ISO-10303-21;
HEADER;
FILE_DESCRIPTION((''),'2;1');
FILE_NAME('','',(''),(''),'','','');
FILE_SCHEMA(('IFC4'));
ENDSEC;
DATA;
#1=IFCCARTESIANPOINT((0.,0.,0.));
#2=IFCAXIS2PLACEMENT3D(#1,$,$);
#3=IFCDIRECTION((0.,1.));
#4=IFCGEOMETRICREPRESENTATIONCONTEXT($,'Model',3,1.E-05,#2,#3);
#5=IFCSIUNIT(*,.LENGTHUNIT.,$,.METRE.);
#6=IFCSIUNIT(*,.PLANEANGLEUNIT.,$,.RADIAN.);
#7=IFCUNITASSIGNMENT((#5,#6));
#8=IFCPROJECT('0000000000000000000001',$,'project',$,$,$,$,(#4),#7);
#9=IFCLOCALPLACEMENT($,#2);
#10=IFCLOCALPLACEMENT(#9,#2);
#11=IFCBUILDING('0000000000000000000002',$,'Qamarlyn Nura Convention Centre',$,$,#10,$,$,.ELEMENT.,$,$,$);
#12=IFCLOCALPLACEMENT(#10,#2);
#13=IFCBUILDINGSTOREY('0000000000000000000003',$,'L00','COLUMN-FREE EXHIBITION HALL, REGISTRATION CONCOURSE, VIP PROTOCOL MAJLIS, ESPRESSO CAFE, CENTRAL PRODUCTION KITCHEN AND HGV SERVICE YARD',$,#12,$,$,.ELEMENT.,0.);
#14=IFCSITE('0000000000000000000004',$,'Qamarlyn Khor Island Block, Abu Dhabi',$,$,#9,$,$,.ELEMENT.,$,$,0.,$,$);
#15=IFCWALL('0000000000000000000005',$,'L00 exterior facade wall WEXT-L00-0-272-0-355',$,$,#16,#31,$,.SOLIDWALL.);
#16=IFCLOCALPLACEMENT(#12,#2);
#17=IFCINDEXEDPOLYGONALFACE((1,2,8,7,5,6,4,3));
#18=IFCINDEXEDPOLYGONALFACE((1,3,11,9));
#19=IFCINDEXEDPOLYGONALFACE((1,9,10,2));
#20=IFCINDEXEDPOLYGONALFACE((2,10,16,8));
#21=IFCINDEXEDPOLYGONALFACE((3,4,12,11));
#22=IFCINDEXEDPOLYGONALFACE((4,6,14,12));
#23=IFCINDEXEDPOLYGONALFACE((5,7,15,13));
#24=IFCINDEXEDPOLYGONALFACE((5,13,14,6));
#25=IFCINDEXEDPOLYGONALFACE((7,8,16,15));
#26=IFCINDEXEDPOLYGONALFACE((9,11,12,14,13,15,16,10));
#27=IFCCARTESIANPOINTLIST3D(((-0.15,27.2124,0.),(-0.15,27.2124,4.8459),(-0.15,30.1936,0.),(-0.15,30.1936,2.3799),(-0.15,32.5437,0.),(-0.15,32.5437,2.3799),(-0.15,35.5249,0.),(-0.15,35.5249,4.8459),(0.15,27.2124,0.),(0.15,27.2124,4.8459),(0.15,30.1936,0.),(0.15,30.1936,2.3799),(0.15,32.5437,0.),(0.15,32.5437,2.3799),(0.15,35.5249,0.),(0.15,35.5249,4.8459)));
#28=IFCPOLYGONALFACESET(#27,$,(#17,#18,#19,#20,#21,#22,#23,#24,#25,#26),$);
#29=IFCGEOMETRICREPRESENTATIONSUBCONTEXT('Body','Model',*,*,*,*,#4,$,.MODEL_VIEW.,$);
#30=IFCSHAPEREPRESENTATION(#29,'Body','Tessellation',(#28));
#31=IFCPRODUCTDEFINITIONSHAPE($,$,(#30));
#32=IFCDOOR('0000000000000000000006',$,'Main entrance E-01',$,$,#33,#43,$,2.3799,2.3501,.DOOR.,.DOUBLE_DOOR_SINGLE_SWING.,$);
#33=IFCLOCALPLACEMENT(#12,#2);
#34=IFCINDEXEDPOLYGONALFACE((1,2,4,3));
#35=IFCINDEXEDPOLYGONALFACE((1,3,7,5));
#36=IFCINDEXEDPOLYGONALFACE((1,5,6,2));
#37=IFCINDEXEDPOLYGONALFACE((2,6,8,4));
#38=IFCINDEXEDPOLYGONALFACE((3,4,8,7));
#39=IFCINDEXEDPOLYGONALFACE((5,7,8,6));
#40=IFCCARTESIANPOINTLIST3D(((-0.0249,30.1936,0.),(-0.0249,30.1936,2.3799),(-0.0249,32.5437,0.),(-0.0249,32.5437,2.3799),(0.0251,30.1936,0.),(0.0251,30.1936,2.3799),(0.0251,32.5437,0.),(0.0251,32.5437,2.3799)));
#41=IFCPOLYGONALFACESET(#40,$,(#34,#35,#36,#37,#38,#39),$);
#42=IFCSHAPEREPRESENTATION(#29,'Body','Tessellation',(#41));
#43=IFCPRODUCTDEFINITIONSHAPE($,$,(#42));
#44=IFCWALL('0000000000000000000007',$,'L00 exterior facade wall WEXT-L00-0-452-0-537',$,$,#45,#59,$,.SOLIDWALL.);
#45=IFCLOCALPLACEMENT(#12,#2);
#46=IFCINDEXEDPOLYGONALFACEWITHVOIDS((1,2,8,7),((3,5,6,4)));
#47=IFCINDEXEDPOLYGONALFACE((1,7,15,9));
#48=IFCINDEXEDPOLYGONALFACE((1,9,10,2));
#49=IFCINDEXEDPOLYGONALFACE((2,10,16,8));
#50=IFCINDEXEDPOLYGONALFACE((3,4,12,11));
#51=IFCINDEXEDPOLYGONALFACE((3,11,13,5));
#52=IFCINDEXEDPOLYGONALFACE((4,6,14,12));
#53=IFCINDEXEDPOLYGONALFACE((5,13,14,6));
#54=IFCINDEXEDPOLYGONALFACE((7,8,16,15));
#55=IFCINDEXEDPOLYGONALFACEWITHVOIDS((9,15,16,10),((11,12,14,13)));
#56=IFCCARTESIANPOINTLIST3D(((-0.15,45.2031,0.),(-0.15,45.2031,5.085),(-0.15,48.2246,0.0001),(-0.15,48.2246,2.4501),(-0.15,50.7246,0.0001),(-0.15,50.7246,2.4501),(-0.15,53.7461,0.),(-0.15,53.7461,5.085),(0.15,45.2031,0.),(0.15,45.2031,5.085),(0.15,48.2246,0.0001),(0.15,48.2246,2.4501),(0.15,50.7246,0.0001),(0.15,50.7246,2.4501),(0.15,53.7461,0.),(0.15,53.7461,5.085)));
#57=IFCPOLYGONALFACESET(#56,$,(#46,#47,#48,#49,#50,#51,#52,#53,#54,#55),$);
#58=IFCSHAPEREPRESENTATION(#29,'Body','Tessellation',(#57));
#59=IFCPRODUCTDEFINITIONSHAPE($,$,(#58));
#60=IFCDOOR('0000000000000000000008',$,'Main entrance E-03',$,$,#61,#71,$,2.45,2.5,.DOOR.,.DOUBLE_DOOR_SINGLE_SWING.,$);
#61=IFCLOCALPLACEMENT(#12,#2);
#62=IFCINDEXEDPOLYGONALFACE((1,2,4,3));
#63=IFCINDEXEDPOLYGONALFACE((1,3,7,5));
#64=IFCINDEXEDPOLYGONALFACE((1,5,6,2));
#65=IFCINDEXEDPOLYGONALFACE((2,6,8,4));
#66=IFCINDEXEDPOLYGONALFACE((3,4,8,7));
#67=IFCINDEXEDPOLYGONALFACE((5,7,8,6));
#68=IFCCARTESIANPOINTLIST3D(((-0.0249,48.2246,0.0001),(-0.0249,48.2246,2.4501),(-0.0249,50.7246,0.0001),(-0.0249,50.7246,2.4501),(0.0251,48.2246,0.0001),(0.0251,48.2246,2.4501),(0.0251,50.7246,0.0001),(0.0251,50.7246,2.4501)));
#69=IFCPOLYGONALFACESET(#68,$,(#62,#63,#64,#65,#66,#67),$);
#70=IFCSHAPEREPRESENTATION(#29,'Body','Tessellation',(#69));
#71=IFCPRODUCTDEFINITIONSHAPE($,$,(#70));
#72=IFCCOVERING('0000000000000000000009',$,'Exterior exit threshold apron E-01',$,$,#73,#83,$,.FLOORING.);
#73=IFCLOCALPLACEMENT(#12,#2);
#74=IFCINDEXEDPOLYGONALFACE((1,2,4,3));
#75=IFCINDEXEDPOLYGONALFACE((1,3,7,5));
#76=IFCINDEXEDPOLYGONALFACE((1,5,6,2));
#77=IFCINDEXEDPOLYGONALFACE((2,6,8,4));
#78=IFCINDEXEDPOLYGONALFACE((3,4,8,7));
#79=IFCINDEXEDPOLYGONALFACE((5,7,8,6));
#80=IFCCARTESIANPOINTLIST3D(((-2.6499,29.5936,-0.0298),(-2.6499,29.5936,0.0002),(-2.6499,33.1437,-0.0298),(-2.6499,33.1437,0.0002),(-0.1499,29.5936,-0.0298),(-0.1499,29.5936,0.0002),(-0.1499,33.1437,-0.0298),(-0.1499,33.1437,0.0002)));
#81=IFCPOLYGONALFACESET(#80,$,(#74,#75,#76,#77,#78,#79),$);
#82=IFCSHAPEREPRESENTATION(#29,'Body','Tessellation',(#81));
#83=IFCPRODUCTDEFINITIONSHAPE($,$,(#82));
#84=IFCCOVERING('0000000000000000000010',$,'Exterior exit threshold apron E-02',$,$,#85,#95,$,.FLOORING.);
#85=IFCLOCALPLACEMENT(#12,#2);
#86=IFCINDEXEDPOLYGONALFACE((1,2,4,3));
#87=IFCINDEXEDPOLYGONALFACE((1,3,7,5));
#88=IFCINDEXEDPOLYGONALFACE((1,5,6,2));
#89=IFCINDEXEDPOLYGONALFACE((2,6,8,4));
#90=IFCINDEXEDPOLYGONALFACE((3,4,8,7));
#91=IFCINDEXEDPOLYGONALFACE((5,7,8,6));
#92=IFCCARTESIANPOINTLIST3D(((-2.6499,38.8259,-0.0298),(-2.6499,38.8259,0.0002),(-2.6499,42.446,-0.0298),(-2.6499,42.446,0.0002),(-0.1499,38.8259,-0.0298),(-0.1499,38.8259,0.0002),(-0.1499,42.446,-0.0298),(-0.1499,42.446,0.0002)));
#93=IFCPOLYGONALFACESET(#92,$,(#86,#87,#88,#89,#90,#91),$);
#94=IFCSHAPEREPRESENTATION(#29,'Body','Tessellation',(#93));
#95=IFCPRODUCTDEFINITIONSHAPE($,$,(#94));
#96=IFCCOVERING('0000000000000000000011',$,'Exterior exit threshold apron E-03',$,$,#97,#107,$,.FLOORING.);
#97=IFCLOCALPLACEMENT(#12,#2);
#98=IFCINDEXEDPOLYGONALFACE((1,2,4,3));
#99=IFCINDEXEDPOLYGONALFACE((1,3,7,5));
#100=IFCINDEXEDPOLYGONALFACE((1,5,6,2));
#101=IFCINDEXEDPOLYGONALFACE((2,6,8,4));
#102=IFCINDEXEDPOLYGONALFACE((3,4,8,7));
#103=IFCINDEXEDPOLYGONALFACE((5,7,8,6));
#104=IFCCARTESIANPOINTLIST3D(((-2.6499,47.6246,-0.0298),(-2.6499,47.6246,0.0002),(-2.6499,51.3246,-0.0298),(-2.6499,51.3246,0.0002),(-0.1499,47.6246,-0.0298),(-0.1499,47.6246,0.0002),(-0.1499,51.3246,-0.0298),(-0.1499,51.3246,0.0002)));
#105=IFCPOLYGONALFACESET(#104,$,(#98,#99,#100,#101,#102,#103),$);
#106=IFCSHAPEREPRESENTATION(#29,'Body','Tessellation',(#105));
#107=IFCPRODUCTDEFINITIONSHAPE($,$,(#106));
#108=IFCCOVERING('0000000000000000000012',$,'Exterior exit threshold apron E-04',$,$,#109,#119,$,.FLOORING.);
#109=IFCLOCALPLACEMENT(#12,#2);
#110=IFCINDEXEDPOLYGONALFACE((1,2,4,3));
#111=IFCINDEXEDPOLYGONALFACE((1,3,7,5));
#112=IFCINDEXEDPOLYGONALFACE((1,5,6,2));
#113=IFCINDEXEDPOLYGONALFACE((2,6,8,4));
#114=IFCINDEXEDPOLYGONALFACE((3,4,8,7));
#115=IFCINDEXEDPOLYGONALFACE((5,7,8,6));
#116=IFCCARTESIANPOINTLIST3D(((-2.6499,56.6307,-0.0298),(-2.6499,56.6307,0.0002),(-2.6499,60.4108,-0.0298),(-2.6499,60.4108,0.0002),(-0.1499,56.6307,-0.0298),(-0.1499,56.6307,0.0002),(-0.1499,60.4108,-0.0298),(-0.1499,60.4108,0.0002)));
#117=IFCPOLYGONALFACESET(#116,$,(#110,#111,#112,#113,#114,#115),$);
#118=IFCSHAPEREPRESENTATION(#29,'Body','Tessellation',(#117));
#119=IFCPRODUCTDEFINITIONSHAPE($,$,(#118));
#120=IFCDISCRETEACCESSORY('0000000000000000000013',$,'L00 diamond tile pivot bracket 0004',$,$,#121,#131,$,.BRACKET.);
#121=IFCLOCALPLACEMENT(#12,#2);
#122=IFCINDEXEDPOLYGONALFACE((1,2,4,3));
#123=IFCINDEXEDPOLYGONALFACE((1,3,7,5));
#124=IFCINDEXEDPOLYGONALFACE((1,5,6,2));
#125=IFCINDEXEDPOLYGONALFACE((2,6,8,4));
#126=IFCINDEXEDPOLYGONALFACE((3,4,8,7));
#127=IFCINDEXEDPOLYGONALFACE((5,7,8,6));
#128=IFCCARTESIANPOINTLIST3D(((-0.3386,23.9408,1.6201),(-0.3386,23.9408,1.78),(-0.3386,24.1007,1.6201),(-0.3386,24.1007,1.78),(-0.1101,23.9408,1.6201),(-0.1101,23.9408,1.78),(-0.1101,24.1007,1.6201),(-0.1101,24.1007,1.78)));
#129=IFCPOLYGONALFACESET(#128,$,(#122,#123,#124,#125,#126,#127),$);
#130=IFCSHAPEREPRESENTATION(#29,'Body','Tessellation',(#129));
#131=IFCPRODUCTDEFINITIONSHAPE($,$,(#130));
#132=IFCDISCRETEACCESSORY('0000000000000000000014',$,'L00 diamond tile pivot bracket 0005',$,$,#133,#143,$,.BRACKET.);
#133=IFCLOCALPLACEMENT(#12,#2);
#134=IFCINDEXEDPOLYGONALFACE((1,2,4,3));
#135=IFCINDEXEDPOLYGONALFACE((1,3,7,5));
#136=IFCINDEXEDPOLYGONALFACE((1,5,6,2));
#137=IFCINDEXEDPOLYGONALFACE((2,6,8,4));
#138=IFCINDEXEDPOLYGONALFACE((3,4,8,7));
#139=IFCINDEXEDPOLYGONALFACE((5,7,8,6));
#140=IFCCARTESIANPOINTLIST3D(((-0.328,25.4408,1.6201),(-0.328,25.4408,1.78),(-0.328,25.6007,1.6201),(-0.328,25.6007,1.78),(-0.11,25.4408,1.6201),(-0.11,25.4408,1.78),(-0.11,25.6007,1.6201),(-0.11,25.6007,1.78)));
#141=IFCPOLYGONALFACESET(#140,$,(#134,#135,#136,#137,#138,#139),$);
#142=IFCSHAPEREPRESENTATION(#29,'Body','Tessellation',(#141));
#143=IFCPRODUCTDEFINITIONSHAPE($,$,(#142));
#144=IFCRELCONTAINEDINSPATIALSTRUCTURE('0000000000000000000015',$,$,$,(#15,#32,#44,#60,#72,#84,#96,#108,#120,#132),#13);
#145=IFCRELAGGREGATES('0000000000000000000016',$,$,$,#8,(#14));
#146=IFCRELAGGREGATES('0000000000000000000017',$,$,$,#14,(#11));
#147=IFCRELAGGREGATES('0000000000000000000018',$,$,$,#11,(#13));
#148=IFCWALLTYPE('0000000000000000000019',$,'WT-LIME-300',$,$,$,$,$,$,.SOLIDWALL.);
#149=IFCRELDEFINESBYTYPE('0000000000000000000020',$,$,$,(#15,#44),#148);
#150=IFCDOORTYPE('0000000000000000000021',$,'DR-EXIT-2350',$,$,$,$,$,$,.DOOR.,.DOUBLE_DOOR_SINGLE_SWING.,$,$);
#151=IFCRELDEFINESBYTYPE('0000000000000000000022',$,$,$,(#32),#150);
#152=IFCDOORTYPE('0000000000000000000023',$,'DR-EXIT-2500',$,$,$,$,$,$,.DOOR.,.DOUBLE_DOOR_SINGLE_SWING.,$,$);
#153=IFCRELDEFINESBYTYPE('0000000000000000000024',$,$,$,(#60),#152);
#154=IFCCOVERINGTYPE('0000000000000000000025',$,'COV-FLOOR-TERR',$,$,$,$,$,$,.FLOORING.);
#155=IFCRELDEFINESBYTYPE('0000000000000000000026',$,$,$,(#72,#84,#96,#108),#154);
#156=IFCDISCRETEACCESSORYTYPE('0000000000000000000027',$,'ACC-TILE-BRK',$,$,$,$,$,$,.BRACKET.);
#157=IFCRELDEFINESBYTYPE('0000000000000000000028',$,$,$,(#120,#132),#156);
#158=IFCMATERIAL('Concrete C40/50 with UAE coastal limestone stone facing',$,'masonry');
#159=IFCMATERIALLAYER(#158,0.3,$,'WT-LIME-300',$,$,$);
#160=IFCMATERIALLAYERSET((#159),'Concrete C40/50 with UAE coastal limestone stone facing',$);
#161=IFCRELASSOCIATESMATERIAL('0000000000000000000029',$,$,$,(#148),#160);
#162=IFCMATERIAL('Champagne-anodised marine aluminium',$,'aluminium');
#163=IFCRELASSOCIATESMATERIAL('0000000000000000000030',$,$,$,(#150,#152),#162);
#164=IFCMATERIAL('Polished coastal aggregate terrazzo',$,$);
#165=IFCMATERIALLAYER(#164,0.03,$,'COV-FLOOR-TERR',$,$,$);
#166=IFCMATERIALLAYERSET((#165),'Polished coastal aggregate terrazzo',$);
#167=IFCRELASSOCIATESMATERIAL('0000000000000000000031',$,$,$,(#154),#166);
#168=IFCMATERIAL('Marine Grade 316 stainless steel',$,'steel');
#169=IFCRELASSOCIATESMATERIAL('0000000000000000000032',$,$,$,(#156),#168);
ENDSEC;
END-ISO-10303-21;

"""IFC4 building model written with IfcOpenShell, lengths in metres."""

from ifc_helpers import new_model, si_unit, direction, frame, frame_2d, origin, origin_2d, place, context, subcontext, project, spatial, rectangle, extrude, material, layer, layer_set, type_object, element, fill, save


model = new_model("IFC4")

# Units and contexts
model_context = context("Model", 3, precision=1e-05, world=origin(), true_north=direction((0.0, 1.0)))
body_context = subcontext(model_context, "Body", "Model", "MODEL_VIEW")
ifc_project = project(units=[si_unit("LENGTHUNIT", "METRE"), si_unit("PLANEANGLEUNIT", "RADIAN")], contexts=[model_context])

# Site, building, storey
site_placement = place(None, origin())
site = spatial("IfcSite", under=ifc_project, at=site_placement, Name="Qamarlyn Khor Island Block, Abu Dhabi", CompositionType="ELEMENT", RefElevation=0.0)
building_placement = place(site_placement, origin())
building = spatial("IfcBuilding", under=site, at=building_placement, Name="Qamarlyn Nura Convention Centre", CompositionType="ELEMENT")
storey_placement = place(building_placement, origin())
storey = spatial("IfcBuildingStorey", under=building, at=storey_placement, Name="L00", Description="COLUMN-FREE EXHIBITION HALL, REGISTRATION CONCOURSE, VIP PROTOCOL MAJLIS, ESPRESSO CAFE, CENTRAL PRODUCTION KITCHEN AND HGV SERVICE YARD", CompositionType="ELEMENT", Elevation=0.0)

# Walls, openings, doors
ifc_material_1 = material(Name="Concrete C40/50 with UAE coastal limestone stone facing", Category="masonry")
ifc_layer_1 = layer(ifc_material_1, 0.3, Name="WT-LIME-300")
ifc_layer_set_1 = layer_set([ifc_layer_1], Name="Concrete C40/50 with UAE coastal limestone stone facing")
wall_type = type_object("IfcWallType", Name="WT-LIME-300", PredefinedType="SOLIDWALL", material=ifc_layer_set_1)
wall_1_placement = place(storey_placement, frame((0.0, 27.2124, 0.0), z_axis=(0.0, 0.0, 1.0), x_axis=(0.0, 1.0, 0.0)))
wall_1 = element("IfcWall", 1, at=wall_1_placement, inside=storey, type_object=wall_type, Name="L00 exterior facade wall WEXT-L00-0-272-0-355", PredefinedType="SOLIDWALL", context=body_context, shape_type="SweptSolid", body=[
    extrude(rectangle(XDim=8.3125, YDim=0.3, at=frame_2d((4.1562, 0.0))), origin(), (0.0, 0.0, 1.0), 4.8459),
])
opening_1_placement = place(wall_1_placement, frame((2.9812, 0.0, 0.0)))
opening_1 = element("IfcOpeningElement", 2, at=opening_1_placement, cuts=wall_1, PredefinedType="OPENING", context=body_context, shape_type="SweptSolid", body=[
    extrude(rectangle(XDim=2.3501, YDim=2.3799, at=frame_2d((1.175, 1.1899))), frame((0.0, 0.1602, 0.0), z_axis=(0.0, -1.0, 0.0), x_axis=(1.0, 0.0, 0.0)), (0.0, 0.0, 1.0), 0.3201),
])
ifc_material_2 = material(Name="Champagne-anodised marine aluminium", Category="aluminium")
door_type_1 = type_object("IfcDoorType", Name="DR-EXIT-2350", OperationType="DOUBLE_DOOR_SINGLE_SWING", PredefinedType="DOOR", material=ifc_material_2)
door_1_placement = place(opening_1_placement, origin())
door_1 = element("IfcDoor", 3, at=door_1_placement, inside=storey, type_object=door_type_1, Name="Main entrance E-01", OperationType="DOUBLE_DOOR_SINGLE_SWING", OverallHeight=2.3799, OverallWidth=2.3501, PredefinedType="DOOR", context=body_context, shape_type="SweptSolid", body=[
    extrude(rectangle(XDim=2.3501, YDim=2.3799, at=frame_2d((1.175, 1.1899))), frame((0.0, 0.0249, 0.0), z_axis=(0.0, -1.0, 0.0), x_axis=(1.0, 0.0, 0.0)), (0.0, 0.0, 1.0), 0.05),
])
fill(opening_1, door_1)
wall_2_placement = place(storey_placement, frame((0.0, 45.2031, 0.0), z_axis=(0.0, 0.0, 1.0), x_axis=(0.0, 1.0, 0.0)))
wall_2 = element("IfcWall", 4, at=wall_2_placement, inside=storey, type_object=wall_type, Name="L00 exterior facade wall WEXT-L00-0-452-0-537", PredefinedType="SOLIDWALL", context=body_context, shape_type="SweptSolid", body=[
    extrude(rectangle(XDim=8.543, YDim=0.3, at=frame_2d((4.2715, 0.0))), origin(), (0.0, 0.0, 1.0), 5.085),
])
opening_2_placement = place(wall_2_placement, frame((3.0215, 0.0, 0.0)))
opening_2 = element("IfcOpeningElement", 5, at=opening_2_placement, cuts=wall_2, PredefinedType="OPENING", context=body_context, shape_type="SweptSolid", body=[
    extrude(rectangle(XDim=2.5, YDim=2.45, at=frame_2d((1.25, 1.2251))), frame((0.0, 0.1602, 0.0), z_axis=(0.0, -1.0, 0.0), x_axis=(1.0, 0.0, 0.0)), (0.0, 0.0, 1.0), 0.3201),
])
door_type_2 = type_object("IfcDoorType", Name="DR-EXIT-2500", OperationType="DOUBLE_DOOR_SINGLE_SWING", PredefinedType="DOOR", material=ifc_material_2)
door_2_placement = place(opening_2_placement, origin())
door_2 = element("IfcDoor", 6, at=door_2_placement, inside=storey, type_object=door_type_2, Name="Main entrance E-03", OperationType="DOUBLE_DOOR_SINGLE_SWING", OverallHeight=2.45, OverallWidth=2.5, PredefinedType="DOOR", context=body_context, shape_type="SweptSolid", body=[
    extrude(rectangle(XDim=2.5, YDim=2.45, at=frame_2d((1.25, 1.2251))), frame((0.0, 0.0249, 0.0), z_axis=(0.0, -1.0, 0.0), x_axis=(1.0, 0.0, 0.0)), (0.0, 0.0, 1.0), 0.05),
])
fill(opening_2, door_2)

# Coverings
ifc_material_3 = material(Name="Polished coastal aggregate terrazzo")
ifc_layer_2 = layer(ifc_material_3, 0.03, Name="COV-FLOOR-TERR")
ifc_layer_set_2 = layer_set([ifc_layer_2], Name="Polished coastal aggregate terrazzo")
covering_type = type_object("IfcCoveringType", Name="COV-FLOOR-TERR", PredefinedType="FLOORING", material=ifc_layer_set_2)
covering_1_placement = place(storey_placement, frame((-1.3999, 31.3687, -0.0298), z_axis=(0.0, 0.0, 1.0), x_axis=(0.0, 1.0, 0.0)))
element("IfcCovering", 7, at=covering_1_placement, inside=storey, type_object=covering_type, Name="Exterior exit threshold apron E-01", PredefinedType="FLOORING", context=body_context, shape_type="SweptSolid", body=[
    extrude(rectangle(XDim=3.55, YDim=2.5, at=origin_2d()), origin(), (0.0, 0.0, 1.0), 0.03),
])
covering_2_placement = place(storey_placement, frame((-1.3999, 40.636, -0.0298), z_axis=(0.0, 0.0, 1.0), x_axis=(0.0, 1.0, 0.0)))
element("IfcCovering", 8, at=covering_2_placement, inside=storey, type_object=covering_type, Name="Exterior exit threshold apron E-02", PredefinedType="FLOORING", context=body_context, shape_type="SweptSolid", body=[
    extrude(rectangle(XDim=3.6201, YDim=2.5, at=origin_2d()), origin(), (0.0, 0.0, 1.0), 0.03),
])
covering_3_placement = place(storey_placement, frame((-1.3999, 49.4746, -0.0298), z_axis=(0.0, 0.0, 1.0), x_axis=(0.0, 1.0, 0.0)))
element("IfcCovering", 9, at=covering_3_placement, inside=storey, type_object=covering_type, Name="Exterior exit threshold apron E-03", PredefinedType="FLOORING", context=body_context, shape_type="SweptSolid", body=[
    extrude(rectangle(XDim=3.7, YDim=2.5, at=origin_2d()), origin(), (0.0, 0.0, 1.0), 0.03),
])
covering_4_placement = place(storey_placement, frame((-1.3999, 58.5208, -0.0298), z_axis=(0.0, 0.0, 1.0), x_axis=(0.0, 1.0, 0.0)))
element("IfcCovering", 10, at=covering_4_placement, inside=storey, type_object=covering_type, Name="Exterior exit threshold apron E-04", PredefinedType="FLOORING", context=body_context, shape_type="SweptSolid", body=[
    extrude(rectangle(XDim=3.78, YDim=2.5, at=origin_2d()), origin(), (0.0, 0.0, 1.0), 0.03),
])

# Discrete accessories
ifc_material_4 = material(Name="Marine Grade 316 stainless steel", Category="steel")
discrete_accessory_type = type_object("IfcDiscreteAccessoryType", Name="ACC-TILE-BRK", PredefinedType="BRACKET", material=ifc_material_4)
discrete_accessory_1_placement = place(storey_placement, frame((-0.2244, 24.0208, 1.6201), z_axis=(0.0, 0.0, 1.0), x_axis=(-1.0, 0.0, 0.0)))
element("IfcDiscreteAccessory", 11, at=discrete_accessory_1_placement, inside=storey, type_object=discrete_accessory_type, Name="L00 diamond tile pivot bracket 0004", PredefinedType="BRACKET", context=body_context, shape_type="SweptSolid", body=[
    extrude(rectangle(XDim=0.2285, YDim=0.1599, at=origin_2d()), origin(), (0.0, 0.0, 1.0), 0.1599),
])
discrete_accessory_2_placement = place(storey_placement, frame((-0.219, 25.5208, 1.6201), z_axis=(0.0, 0.0, 1.0), x_axis=(-1.0, 0.0, 0.0)))
element("IfcDiscreteAccessory", 12, at=discrete_accessory_2_placement, inside=storey, type_object=discrete_accessory_type, Name="L00 diamond tile pivot bracket 0005", PredefinedType="BRACKET", context=body_context, shape_type="SweptSolid", body=[
    extrude(rectangle(XDim=0.218, YDim=0.1599, at=origin_2d()), origin(), (0.0, 0.0, 1.0), 0.1599),
])

save(model, "model.ifc")
